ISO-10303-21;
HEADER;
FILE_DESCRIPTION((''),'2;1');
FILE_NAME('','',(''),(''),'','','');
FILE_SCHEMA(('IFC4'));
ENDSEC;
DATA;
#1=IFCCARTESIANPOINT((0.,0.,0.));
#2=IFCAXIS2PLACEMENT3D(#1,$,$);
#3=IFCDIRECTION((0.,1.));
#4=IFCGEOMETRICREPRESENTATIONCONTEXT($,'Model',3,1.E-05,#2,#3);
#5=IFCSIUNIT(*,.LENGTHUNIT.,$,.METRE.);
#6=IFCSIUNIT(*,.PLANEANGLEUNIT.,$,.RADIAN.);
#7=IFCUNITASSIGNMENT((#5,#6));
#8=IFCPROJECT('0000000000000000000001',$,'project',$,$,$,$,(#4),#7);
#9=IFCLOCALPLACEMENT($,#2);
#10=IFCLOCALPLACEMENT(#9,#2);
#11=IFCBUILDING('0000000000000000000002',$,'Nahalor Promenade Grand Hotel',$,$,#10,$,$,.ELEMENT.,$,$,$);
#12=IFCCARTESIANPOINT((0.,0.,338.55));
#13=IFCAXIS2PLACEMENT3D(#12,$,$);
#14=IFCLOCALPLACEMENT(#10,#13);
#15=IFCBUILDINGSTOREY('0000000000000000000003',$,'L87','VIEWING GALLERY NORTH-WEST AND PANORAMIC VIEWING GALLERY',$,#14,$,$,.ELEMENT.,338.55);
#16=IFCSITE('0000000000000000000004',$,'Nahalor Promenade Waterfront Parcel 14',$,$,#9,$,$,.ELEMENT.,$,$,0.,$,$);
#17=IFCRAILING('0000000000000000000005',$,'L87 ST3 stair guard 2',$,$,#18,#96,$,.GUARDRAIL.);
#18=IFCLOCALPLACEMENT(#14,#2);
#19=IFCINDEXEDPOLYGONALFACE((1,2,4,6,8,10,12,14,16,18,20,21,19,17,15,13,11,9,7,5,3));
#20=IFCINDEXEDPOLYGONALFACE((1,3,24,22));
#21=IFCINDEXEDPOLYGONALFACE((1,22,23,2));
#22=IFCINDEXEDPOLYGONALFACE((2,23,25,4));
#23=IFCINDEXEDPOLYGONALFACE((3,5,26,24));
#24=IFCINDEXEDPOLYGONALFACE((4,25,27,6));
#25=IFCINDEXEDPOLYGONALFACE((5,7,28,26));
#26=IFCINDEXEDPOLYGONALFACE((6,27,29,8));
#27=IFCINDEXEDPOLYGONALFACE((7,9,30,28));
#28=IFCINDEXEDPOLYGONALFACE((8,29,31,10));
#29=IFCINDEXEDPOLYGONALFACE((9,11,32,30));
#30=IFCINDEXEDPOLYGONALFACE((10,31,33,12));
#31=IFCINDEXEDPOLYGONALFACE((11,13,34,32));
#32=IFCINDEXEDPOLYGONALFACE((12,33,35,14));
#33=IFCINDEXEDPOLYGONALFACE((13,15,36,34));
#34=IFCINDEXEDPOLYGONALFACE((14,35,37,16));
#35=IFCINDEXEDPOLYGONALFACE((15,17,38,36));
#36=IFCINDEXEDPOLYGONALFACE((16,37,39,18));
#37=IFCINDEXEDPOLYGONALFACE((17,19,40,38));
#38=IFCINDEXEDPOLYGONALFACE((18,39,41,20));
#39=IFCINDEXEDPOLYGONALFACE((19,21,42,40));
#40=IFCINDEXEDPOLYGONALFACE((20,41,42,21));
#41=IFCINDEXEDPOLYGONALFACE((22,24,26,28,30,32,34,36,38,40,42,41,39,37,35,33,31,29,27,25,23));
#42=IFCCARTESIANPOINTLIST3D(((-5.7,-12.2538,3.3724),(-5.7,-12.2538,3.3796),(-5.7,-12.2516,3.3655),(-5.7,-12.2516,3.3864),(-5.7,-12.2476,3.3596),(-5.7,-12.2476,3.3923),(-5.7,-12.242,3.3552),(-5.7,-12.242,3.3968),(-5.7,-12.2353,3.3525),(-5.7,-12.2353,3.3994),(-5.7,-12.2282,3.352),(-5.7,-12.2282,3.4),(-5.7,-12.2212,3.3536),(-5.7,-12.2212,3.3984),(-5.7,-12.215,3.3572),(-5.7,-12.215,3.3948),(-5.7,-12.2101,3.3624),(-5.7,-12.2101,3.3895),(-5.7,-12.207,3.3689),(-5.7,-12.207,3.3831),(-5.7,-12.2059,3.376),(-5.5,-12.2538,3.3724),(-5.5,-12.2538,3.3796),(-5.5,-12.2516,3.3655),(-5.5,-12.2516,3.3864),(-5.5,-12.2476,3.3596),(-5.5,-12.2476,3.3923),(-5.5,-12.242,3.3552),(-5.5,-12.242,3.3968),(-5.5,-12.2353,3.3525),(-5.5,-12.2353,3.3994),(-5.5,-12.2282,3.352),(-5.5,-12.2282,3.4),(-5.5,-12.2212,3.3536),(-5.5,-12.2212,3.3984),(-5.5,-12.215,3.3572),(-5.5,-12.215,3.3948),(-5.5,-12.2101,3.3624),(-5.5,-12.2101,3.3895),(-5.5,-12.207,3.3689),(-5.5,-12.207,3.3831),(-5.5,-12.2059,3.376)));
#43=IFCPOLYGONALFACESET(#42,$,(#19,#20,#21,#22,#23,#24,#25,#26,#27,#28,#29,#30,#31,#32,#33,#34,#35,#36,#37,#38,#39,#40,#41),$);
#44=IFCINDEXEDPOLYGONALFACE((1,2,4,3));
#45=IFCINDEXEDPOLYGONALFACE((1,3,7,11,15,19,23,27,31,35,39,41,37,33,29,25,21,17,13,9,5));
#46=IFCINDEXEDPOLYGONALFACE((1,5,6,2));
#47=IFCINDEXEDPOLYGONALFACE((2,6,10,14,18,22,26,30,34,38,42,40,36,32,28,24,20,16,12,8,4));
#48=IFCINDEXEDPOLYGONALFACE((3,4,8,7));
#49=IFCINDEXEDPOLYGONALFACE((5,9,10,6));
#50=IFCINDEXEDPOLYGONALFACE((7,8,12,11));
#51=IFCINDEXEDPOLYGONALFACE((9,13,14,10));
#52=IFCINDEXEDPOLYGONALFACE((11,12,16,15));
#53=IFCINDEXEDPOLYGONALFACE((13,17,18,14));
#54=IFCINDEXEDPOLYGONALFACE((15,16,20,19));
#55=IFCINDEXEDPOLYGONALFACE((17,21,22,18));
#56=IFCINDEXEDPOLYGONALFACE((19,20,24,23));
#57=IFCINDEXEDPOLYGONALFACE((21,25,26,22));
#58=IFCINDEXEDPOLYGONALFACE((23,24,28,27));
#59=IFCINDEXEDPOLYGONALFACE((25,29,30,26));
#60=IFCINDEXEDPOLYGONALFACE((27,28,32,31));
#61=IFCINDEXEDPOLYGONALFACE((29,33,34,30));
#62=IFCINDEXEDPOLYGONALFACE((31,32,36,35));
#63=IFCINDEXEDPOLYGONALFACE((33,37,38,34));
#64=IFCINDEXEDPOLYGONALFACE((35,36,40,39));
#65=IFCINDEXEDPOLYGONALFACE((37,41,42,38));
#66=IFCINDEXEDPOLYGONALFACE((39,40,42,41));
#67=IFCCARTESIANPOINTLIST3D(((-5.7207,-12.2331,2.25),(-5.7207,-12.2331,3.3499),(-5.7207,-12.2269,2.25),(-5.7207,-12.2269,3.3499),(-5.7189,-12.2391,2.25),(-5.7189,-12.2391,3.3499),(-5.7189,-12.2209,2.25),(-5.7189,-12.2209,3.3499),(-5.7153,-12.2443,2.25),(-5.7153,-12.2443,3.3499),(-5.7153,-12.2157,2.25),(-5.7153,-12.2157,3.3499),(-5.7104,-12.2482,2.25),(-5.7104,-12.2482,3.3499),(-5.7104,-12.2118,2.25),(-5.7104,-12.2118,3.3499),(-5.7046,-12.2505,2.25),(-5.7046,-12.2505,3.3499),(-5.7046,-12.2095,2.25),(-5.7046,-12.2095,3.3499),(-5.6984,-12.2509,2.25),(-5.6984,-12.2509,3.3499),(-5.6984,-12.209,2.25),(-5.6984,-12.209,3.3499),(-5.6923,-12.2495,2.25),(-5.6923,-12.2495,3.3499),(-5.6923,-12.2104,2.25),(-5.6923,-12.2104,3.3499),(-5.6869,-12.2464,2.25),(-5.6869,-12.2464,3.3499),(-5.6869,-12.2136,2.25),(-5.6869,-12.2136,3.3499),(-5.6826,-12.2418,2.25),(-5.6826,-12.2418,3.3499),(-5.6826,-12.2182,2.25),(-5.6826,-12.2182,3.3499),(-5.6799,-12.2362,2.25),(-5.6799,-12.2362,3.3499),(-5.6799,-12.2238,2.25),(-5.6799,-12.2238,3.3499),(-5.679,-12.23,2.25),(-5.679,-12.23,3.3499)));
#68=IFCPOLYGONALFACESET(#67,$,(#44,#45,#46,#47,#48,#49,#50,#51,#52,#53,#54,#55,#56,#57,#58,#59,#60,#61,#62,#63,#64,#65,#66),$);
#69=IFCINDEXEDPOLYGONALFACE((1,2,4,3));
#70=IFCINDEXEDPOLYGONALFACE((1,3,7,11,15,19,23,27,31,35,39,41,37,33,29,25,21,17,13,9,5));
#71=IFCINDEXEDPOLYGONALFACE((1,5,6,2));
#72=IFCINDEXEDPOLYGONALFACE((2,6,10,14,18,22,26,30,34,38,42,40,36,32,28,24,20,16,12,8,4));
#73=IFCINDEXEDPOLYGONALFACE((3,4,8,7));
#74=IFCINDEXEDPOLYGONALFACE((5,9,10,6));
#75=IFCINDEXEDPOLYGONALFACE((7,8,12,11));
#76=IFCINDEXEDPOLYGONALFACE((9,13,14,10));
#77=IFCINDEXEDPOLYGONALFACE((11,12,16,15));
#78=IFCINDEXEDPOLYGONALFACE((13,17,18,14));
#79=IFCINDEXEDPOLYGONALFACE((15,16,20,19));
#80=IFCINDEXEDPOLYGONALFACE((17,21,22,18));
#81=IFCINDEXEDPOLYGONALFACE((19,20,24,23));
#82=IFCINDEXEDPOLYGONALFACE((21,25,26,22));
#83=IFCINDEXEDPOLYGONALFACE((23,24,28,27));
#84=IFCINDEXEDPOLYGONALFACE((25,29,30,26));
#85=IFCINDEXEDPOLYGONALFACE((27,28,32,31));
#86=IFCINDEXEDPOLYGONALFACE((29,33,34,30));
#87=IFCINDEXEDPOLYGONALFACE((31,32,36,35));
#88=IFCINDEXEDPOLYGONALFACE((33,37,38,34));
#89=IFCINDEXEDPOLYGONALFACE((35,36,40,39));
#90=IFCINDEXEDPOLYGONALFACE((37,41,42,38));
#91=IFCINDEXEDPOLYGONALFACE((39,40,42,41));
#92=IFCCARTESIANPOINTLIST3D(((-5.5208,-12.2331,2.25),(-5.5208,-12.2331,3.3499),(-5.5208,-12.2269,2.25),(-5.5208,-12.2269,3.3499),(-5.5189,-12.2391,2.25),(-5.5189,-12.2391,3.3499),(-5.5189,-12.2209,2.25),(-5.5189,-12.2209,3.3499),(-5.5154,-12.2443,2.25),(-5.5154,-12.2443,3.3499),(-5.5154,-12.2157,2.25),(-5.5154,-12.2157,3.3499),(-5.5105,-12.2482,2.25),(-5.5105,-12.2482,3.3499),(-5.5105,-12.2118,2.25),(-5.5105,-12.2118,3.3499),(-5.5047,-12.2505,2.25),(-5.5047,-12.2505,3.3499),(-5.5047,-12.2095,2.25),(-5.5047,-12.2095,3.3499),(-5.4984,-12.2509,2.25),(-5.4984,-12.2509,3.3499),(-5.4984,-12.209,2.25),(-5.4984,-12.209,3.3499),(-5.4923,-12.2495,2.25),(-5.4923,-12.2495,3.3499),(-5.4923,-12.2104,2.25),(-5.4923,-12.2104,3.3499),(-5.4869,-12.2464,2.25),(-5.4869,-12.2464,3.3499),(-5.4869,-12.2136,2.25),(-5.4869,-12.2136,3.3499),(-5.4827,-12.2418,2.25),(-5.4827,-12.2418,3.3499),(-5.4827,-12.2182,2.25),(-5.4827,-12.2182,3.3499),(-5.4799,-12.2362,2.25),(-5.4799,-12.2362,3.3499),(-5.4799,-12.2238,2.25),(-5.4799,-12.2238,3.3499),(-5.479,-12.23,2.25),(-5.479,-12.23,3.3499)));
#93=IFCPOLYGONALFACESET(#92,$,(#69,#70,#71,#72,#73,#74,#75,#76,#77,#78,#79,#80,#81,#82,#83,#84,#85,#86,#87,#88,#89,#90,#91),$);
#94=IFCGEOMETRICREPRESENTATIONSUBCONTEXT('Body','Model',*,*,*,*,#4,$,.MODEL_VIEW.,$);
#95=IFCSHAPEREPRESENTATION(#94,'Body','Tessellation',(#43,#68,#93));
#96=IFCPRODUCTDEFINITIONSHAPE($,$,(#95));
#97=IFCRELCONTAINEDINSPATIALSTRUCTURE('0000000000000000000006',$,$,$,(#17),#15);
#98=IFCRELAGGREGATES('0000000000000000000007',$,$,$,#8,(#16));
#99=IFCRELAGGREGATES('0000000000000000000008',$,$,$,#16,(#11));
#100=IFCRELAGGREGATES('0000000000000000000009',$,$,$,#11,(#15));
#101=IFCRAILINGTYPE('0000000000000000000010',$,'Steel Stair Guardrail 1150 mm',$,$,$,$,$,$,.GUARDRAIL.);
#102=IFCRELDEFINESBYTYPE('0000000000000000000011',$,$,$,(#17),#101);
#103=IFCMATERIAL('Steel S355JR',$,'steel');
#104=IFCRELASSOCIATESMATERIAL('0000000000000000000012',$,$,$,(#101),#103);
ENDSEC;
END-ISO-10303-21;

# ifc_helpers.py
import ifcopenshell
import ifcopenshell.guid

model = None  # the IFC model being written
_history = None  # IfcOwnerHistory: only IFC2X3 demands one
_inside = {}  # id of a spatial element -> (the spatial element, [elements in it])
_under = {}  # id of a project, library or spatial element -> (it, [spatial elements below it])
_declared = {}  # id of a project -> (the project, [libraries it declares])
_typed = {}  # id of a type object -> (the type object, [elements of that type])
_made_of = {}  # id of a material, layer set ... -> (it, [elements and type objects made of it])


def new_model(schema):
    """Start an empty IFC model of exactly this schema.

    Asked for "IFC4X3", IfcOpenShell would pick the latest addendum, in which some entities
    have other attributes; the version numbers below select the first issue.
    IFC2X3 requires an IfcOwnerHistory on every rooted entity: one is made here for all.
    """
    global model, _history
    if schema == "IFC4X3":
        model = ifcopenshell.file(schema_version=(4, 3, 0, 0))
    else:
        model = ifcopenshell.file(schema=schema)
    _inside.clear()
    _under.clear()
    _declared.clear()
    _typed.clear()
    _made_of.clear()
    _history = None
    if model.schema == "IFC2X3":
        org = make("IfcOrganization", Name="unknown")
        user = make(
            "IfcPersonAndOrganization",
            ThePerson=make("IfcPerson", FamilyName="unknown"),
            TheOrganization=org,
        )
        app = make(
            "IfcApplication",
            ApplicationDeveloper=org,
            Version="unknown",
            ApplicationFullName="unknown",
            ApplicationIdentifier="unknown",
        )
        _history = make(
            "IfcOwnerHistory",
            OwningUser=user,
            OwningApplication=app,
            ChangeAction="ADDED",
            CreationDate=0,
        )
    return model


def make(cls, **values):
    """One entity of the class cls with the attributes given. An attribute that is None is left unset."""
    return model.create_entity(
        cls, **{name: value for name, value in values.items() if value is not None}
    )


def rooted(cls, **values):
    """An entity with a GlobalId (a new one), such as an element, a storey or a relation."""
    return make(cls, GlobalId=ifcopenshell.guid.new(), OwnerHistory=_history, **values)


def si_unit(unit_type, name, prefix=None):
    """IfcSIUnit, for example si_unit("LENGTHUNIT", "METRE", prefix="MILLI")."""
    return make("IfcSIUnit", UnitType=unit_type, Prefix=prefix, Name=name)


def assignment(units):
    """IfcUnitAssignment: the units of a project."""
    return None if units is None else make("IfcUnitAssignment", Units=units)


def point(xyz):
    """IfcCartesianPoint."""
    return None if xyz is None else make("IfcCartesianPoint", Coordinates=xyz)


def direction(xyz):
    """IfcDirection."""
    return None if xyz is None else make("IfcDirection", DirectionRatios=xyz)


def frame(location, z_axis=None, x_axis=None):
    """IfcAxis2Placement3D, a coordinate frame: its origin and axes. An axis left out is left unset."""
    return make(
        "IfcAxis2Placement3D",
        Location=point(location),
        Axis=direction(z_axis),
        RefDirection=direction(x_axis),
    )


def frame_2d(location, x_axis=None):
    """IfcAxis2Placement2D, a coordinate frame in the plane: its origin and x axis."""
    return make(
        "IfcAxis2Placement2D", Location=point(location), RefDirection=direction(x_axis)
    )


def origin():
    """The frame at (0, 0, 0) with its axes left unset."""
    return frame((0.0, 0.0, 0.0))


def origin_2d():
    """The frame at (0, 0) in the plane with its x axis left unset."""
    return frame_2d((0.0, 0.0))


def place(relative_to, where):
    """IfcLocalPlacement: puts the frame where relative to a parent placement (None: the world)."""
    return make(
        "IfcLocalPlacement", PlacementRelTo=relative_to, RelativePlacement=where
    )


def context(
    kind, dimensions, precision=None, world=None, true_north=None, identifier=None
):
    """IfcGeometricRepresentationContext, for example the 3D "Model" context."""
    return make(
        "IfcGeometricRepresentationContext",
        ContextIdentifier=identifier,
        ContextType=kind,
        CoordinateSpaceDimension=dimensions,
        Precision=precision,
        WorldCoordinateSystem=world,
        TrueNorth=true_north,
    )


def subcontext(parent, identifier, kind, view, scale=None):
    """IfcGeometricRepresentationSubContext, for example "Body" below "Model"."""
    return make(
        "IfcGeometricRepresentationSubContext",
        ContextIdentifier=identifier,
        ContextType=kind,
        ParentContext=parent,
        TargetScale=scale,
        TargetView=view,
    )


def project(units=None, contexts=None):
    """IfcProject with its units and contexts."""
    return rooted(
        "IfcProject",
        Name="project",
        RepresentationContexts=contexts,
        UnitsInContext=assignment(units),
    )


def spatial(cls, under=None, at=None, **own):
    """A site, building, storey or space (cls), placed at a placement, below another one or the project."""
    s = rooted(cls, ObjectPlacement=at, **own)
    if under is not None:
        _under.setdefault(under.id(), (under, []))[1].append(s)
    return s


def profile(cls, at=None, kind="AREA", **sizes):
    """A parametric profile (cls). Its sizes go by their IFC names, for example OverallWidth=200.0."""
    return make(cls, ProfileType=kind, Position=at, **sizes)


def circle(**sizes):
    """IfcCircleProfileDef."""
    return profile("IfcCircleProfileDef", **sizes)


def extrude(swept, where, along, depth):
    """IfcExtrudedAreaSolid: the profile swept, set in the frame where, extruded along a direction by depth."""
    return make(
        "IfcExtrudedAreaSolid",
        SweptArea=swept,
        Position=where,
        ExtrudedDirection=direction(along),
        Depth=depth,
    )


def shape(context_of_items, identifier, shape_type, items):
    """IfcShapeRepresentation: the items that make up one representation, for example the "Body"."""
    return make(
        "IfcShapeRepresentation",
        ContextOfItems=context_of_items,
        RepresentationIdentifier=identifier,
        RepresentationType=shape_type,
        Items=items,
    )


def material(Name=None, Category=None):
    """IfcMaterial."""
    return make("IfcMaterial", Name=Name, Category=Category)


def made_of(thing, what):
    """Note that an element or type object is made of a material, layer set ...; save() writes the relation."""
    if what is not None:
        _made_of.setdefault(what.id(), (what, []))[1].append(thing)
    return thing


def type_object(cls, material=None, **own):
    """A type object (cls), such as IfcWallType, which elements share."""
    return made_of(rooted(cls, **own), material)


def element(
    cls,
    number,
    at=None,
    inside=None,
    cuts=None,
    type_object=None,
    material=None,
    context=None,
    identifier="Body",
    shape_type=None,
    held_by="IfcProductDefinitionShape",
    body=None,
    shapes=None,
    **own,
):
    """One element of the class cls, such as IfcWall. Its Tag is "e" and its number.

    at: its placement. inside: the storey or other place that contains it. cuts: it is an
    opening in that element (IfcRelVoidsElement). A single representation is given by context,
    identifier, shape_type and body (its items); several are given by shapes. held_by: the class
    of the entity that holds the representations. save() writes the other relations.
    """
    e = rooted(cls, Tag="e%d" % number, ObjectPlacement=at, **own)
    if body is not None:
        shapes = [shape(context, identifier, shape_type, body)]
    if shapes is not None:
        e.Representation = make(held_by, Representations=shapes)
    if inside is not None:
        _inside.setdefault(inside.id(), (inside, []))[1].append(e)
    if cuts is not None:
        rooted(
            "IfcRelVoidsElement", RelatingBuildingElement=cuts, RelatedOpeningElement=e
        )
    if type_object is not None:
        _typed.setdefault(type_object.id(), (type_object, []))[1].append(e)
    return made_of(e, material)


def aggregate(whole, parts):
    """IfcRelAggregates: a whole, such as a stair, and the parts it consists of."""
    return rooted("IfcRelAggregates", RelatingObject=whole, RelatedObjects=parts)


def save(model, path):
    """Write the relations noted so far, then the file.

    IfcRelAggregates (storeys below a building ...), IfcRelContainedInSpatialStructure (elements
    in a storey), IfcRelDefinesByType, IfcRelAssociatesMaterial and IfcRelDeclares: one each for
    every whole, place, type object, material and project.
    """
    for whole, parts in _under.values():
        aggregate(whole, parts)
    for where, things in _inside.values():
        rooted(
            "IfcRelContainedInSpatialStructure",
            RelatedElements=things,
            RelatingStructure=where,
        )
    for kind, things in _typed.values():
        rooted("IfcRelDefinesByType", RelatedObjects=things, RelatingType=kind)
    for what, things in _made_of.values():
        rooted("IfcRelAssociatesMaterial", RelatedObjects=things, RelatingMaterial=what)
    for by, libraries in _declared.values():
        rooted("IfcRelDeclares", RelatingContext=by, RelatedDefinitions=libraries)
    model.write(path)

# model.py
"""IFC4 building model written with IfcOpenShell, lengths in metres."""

from ifc_helpers import new_model, si_unit, direction, frame, origin, origin_2d, place, context, subcontext, project, spatial, circle, extrude, material, type_object, element, save


model = new_model("IFC4")

# Units and contexts
model_context = context("Model", 3, precision=1e-05, world=origin(), true_north=direction((0.0, 1.0)))
body_context = subcontext(model_context, "Body", "Model", "MODEL_VIEW")
ifc_project = project(units=[si_unit("LENGTHUNIT", "METRE"), si_unit("PLANEANGLEUNIT", "RADIAN")], contexts=[model_context])

# Site, building, storey
site_placement = place(None, origin())
site = spatial("IfcSite", under=ifc_project, at=site_placement, Name="Nahalor Promenade Waterfront Parcel 14", CompositionType="ELEMENT", RefElevation=0.0)
building_placement = place(site_placement, origin())
building = spatial("IfcBuilding", under=site, at=building_placement, Name="Nahalor Promenade Grand Hotel", CompositionType="ELEMENT")
storey_placement = place(building_placement, frame((0.0, 0.0, 338.55)))
storey = spatial("IfcBuildingStorey", under=building, at=storey_placement, Name="L87", Description="VIEWING GALLERY NORTH-WEST AND PANORAMIC VIEWING GALLERY", CompositionType="ELEMENT", Elevation=338.55)

# Shared definitions
ifc_material_1 = material(Name="Steel S355JR", Category="steel")

# Railing
railing_type_1 = type_object("IfcRailingType", Name="Steel Stair Guardrail 1150 mm", PredefinedType="GUARDRAIL", material=ifc_material_1)
railing_1_placement = place(storey_placement, frame((-5.7, -12.23, 2.25)))
element("IfcRailing", 1, at=railing_1_placement, inside=storey, type_object=railing_type_1, Name="L87 ST3 stair guard 2", PredefinedType="GUARDRAIL", context=body_context, shape_type="SweptSolid", body=[
    extrude(circle(Radius=0.024, at=origin_2d()), frame((0.0, 0.0, 1.126), z_axis=(1.0, 0.0, 0.0), x_axis=(0.0, 1.0, 0.0)), (0.0, 0.0, 1.0), 0.2),
    extrude(circle(Radius=0.021, at=origin_2d()), origin(), (0.0, 0.0, 1.0), 1.0999),
    extrude(circle(Radius=0.021, at=origin_2d()), frame((0.2, 0.0, 0.0)), (0.0, 0.0, 1.0), 1.0999),
])

save(model, "model.ifc")
